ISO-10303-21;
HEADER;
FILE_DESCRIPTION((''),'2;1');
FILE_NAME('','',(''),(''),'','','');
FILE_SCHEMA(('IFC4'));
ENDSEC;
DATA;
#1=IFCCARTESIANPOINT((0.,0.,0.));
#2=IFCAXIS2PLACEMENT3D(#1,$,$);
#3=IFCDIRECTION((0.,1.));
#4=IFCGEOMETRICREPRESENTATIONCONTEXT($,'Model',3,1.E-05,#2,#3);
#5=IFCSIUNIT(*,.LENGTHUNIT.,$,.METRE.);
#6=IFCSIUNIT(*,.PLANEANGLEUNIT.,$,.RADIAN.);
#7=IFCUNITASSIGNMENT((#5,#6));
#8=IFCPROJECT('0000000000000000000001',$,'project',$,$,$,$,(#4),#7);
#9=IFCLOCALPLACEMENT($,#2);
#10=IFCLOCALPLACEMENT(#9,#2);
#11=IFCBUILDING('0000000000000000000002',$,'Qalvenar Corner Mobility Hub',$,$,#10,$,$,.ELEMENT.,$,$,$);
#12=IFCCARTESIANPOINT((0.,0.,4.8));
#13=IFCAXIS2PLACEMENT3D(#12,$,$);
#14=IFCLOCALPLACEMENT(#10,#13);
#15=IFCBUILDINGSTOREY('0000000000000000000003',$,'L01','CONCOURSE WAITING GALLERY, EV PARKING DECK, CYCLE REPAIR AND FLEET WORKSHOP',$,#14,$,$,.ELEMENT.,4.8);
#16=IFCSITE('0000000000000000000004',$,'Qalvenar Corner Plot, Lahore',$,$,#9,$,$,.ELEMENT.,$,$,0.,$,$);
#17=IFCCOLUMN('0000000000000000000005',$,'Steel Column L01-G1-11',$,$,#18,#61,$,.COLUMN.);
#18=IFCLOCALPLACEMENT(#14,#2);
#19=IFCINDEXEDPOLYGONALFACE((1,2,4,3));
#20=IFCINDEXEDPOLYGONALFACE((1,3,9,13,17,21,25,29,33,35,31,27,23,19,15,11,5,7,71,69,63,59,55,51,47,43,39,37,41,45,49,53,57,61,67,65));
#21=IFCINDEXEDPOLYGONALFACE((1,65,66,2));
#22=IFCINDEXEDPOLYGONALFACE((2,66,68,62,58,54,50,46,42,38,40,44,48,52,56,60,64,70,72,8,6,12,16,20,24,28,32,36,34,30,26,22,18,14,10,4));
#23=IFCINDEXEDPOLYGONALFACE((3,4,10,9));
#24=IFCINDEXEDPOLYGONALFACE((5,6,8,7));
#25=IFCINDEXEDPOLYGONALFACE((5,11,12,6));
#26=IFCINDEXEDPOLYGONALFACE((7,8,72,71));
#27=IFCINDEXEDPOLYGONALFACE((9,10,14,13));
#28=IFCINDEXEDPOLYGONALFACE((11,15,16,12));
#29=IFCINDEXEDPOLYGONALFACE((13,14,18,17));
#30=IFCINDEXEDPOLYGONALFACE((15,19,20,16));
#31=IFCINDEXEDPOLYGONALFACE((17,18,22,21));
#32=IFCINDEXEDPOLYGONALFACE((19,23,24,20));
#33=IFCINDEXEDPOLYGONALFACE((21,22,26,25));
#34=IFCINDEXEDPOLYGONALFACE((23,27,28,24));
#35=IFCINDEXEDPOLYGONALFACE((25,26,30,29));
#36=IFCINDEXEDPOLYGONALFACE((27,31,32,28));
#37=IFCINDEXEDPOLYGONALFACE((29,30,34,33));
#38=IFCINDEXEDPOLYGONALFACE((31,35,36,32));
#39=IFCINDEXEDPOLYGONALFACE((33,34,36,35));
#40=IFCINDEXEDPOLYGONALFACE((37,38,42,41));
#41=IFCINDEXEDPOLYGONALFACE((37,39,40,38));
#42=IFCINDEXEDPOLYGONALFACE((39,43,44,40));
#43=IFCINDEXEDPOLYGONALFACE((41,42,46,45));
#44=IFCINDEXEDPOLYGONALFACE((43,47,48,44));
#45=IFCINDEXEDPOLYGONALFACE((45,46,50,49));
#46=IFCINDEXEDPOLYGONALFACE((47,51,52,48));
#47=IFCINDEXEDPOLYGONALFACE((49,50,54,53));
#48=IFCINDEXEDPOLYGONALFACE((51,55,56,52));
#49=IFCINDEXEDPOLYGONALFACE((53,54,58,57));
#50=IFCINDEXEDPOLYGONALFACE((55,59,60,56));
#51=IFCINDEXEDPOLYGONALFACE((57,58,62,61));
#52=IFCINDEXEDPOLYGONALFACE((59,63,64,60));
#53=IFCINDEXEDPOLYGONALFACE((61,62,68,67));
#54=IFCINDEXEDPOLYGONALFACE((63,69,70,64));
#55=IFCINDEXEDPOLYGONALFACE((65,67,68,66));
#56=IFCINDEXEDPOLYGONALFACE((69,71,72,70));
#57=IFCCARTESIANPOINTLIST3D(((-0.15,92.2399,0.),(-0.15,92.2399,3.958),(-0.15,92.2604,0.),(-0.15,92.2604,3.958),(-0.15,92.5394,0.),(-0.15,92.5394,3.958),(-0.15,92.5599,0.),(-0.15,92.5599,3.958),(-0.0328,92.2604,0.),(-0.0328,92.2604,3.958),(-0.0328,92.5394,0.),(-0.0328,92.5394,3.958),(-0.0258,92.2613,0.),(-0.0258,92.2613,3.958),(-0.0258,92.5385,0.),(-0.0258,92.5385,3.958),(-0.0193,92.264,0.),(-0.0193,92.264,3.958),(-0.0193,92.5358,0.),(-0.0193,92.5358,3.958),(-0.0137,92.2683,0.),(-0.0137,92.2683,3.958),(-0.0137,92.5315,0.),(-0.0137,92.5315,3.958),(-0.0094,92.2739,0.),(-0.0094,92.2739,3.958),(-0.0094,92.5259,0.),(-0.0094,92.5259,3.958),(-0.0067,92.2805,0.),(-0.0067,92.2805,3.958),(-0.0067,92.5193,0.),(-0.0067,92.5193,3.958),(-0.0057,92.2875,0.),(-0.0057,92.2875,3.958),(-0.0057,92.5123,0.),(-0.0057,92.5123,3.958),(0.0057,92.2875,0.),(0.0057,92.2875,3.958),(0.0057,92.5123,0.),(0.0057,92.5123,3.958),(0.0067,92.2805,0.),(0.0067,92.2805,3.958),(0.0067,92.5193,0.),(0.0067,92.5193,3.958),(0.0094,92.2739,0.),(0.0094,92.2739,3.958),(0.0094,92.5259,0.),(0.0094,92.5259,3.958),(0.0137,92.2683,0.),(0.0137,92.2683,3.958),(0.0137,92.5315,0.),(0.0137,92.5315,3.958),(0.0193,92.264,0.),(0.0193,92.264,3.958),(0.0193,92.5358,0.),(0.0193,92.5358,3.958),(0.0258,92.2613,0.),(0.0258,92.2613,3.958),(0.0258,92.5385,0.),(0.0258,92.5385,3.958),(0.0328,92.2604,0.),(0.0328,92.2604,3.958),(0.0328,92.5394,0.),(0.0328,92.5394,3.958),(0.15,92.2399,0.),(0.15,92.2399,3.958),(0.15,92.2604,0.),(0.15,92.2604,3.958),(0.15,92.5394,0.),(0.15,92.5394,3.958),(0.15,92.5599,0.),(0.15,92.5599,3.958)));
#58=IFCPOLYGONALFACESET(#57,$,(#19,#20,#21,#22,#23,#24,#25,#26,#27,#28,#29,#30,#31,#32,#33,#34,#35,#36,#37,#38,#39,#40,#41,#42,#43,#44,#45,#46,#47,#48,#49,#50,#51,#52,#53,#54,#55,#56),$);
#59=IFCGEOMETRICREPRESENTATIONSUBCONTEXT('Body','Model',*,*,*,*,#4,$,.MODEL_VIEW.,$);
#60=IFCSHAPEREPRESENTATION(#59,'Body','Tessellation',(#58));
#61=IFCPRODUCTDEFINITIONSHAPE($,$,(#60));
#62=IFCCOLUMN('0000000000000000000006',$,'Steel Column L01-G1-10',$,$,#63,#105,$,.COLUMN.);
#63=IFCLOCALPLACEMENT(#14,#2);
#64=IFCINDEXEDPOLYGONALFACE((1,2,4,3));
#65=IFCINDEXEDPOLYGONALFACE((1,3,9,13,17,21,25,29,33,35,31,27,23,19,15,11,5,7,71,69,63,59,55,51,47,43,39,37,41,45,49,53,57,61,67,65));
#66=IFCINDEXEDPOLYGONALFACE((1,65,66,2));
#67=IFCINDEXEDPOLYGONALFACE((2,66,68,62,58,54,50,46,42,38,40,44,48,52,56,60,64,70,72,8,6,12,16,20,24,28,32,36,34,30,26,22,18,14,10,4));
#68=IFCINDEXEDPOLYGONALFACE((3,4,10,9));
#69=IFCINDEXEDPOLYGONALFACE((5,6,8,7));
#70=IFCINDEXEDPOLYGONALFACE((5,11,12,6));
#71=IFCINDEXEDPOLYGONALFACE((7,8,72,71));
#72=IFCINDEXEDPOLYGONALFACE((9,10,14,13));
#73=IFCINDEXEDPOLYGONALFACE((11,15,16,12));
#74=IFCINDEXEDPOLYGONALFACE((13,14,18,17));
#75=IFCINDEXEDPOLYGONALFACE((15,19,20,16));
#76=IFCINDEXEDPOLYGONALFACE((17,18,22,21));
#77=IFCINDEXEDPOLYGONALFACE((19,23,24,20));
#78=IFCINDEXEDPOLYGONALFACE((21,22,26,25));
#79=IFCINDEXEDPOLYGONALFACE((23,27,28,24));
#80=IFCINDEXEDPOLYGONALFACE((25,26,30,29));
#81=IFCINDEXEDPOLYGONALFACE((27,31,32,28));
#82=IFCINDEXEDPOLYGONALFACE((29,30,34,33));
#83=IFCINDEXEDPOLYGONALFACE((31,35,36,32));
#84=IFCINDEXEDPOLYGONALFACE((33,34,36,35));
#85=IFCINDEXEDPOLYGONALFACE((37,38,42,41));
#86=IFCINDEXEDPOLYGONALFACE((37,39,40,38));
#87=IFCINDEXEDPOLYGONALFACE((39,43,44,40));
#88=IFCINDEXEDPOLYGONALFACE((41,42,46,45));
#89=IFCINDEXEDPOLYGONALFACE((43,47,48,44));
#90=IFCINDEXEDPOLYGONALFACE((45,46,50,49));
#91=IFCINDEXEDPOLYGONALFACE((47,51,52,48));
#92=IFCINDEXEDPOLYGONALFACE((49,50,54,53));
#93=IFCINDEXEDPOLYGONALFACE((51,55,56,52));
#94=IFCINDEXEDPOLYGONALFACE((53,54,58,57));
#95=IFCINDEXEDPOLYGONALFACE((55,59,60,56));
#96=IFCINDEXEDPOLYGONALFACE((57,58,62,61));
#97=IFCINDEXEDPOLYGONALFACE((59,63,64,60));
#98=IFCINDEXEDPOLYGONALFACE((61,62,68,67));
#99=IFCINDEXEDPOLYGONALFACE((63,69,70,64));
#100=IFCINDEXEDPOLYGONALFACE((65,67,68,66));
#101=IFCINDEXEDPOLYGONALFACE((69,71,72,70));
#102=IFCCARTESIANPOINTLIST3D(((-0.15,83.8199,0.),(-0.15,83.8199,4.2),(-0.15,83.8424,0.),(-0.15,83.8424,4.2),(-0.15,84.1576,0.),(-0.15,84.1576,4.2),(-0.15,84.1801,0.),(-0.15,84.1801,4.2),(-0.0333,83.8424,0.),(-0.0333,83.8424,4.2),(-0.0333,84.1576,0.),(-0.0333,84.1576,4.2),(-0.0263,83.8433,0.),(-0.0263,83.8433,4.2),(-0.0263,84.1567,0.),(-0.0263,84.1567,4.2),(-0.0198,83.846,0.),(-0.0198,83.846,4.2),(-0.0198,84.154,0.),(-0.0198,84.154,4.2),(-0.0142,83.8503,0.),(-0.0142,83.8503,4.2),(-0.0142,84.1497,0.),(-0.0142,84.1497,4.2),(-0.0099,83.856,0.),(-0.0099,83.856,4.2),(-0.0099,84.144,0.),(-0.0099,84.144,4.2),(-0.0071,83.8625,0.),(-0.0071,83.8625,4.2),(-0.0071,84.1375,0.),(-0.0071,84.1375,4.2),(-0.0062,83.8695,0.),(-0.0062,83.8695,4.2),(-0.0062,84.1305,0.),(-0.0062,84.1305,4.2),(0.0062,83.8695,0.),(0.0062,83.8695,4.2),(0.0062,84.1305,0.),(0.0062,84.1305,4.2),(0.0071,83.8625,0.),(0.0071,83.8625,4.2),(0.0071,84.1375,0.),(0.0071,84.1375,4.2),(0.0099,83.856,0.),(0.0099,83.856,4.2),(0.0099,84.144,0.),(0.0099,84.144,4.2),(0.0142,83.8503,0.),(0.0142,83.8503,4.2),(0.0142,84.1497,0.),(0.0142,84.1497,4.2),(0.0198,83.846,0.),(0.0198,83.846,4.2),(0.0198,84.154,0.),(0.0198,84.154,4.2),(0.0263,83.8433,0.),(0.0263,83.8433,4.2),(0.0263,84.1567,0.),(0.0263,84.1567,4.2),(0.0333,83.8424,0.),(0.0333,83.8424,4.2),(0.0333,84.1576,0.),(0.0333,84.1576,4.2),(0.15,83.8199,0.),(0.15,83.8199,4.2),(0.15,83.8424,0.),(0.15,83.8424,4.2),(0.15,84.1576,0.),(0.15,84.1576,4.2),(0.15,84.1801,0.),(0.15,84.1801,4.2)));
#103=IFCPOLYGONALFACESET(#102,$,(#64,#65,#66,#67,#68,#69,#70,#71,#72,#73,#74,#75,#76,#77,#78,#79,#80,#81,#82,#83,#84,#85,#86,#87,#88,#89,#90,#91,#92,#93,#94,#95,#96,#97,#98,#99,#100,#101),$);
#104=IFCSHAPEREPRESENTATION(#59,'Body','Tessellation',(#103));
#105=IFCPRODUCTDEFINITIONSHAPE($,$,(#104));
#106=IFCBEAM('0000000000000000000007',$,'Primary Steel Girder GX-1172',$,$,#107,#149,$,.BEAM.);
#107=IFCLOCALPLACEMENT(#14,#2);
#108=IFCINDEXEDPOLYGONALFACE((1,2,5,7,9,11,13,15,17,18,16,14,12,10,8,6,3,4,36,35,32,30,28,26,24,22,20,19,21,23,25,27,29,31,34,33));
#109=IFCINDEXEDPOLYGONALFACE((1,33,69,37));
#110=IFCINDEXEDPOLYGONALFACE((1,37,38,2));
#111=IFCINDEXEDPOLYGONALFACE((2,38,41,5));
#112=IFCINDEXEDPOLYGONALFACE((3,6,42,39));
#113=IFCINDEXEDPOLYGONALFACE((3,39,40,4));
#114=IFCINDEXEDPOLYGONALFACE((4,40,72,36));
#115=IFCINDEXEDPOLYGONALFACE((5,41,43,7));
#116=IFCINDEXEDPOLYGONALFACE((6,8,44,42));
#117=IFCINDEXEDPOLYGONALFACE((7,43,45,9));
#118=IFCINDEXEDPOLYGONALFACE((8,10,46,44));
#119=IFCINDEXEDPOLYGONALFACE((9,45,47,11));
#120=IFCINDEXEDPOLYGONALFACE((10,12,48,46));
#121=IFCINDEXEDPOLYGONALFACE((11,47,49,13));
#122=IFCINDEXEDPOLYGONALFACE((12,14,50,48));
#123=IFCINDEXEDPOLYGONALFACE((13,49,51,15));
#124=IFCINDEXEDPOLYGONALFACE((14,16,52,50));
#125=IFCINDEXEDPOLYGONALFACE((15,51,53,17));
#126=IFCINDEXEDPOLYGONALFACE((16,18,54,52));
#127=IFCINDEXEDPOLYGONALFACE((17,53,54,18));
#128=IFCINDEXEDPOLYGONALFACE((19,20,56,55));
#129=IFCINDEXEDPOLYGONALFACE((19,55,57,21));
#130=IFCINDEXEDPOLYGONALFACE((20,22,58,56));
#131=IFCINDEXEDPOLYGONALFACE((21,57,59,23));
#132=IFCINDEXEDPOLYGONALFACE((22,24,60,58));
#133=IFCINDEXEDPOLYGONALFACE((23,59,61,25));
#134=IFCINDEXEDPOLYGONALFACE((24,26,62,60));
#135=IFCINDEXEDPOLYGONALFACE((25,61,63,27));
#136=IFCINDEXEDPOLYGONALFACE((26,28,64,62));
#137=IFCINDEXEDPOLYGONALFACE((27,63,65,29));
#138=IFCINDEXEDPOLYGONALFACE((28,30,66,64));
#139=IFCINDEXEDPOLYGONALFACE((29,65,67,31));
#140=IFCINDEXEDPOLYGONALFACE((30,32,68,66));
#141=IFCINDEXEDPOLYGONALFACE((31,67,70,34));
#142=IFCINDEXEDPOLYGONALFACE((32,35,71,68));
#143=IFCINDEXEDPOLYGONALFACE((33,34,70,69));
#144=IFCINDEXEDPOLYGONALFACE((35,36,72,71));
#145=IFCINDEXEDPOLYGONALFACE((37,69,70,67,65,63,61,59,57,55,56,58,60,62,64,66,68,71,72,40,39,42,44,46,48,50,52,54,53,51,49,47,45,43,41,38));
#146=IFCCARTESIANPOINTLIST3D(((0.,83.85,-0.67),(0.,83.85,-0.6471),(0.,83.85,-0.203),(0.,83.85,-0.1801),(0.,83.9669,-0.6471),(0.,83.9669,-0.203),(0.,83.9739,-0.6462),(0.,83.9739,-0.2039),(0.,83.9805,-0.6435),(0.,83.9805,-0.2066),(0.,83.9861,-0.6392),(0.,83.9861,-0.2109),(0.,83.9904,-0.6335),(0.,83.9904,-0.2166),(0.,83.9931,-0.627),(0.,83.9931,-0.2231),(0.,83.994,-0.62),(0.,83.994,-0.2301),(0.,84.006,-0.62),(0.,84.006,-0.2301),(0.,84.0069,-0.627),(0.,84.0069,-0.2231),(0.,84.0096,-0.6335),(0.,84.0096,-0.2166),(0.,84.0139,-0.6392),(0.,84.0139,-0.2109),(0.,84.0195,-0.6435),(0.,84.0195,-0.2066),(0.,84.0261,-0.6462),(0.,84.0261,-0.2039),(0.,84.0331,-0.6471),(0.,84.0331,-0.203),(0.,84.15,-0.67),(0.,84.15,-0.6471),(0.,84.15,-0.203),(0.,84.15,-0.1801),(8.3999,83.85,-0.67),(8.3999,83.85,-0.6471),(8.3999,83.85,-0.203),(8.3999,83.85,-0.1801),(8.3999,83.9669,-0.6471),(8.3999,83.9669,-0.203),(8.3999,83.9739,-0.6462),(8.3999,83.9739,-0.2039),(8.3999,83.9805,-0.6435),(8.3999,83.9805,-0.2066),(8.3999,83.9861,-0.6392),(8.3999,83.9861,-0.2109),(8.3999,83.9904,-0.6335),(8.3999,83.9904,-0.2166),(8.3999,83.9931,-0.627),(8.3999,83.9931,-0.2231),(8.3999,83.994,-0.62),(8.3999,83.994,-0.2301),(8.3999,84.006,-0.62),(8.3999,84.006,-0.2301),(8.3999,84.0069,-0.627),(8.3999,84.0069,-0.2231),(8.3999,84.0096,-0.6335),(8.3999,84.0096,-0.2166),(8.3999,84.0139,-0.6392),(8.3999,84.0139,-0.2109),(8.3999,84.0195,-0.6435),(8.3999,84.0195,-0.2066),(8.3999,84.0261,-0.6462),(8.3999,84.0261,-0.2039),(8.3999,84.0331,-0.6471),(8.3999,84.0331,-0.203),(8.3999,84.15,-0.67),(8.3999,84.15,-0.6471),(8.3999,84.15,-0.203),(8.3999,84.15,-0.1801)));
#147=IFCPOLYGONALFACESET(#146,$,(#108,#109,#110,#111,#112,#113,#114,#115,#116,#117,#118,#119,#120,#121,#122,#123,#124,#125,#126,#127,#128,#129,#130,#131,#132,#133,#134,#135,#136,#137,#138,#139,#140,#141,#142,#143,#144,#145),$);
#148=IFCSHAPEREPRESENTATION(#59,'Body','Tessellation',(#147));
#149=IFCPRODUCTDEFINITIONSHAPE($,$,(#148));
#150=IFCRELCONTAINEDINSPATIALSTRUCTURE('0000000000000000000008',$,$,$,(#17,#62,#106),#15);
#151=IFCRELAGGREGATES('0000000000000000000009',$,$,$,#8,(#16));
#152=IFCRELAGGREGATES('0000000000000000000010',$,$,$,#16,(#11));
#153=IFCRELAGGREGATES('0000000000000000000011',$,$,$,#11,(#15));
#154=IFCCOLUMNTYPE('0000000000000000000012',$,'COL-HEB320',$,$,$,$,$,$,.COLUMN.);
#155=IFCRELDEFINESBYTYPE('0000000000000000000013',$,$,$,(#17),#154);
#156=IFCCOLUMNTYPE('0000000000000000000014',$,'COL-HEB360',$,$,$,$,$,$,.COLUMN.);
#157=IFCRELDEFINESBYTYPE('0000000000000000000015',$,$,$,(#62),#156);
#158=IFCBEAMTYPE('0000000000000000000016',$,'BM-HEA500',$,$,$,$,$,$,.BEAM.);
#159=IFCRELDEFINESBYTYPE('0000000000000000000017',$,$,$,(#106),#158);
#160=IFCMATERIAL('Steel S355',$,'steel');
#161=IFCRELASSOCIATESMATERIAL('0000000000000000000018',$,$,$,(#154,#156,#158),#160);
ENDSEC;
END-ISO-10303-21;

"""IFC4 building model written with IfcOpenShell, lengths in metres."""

from ifc_helpers import new_model, si_unit, direction, frame, origin, origin_2d, place, context, subcontext, project, spatial, i_section, extrude, material, material_profile, profile_set, type_object, element, save


model = new_model("IFC4")

# Units and contexts
model_context = context("Model", 3, precision=1e-05, world=origin(), true_north=direction((0.0, 1.0)))
body_context = subcontext(model_context, "Body", "Model", "MODEL_VIEW")
ifc_project = project(units=[si_unit("LENGTHUNIT", "METRE"), si_unit("PLANEANGLEUNIT", "RADIAN")], contexts=[model_context])

# Site, building, storey
site_placement = place(None, origin())
site = spatial("IfcSite", under=ifc_project, at=site_placement, Name="Qalvenar Corner Plot, Lahore", CompositionType="ELEMENT", RefElevation=0.0)
building_placement = place(site_placement, origin())
building = spatial("IfcBuilding", under=site, at=building_placement, Name="Qalvenar Corner Mobility Hub", CompositionType="ELEMENT")
storey_placement = place(building_placement, frame((0.0, 0.0, 4.8)))
storey = spatial("IfcBuildingStorey", under=building, at=storey_placement, Name="L01", Description="CONCOURSE WAITING GALLERY, EV PARKING DECK, CYCLE REPAIR AND FLEET WORKSHOP", CompositionType="ELEMENT", Elevation=4.8)

# Columns
ifc_material_1 = material(Name="Steel S355", Category="steel")
ifc_material_profile_1 = material_profile(ifc_material_1, i_section(OverallWidth=0.3, OverallDepth=0.3201, WebThickness=0.0115, FlangeThickness=0.0205, FilletRadius=0.0271, at=origin_2d()), Name="HEB320")
ifc_profile_set_1 = profile_set([ifc_material_profile_1], Name="Steel S355")
column_type_1 = type_object("IfcColumnType", Name="COL-HEB320", PredefinedType="COLUMN", material=ifc_profile_set_1)
column_1_placement = place(storey_placement, frame((0.0, 92.3999, 0.0), z_axis=(0.0, 0.0, 1.0), x_axis=(1.0, 0.0, 0.0)))
element("IfcColumn", 1, at=column_1_placement, inside=storey, type_object=column_type_1, Name="Steel Column L01-G1-11", PredefinedType="COLUMN", context=body_context, shape_type="SweptSolid", body=[
    extrude(i_section(OverallWidth=0.3, OverallDepth=0.3201, WebThickness=0.0115, FlangeThickness=0.0205, FilletRadius=0.0271, at=origin_2d()), origin(), (0.0, 0.0, 1.0), 3.958),
])
ifc_material_profile_2 = material_profile(ifc_material_1, i_section(OverallWidth=0.3, OverallDepth=0.3601, WebThickness=0.0125, FlangeThickness=0.0225, FilletRadius=0.0271, at=origin_2d()), Name="HEB360")
ifc_profile_set_2 = profile_set([ifc_material_profile_2], Name="Steel S355")
column_type_2 = type_object("IfcColumnType", Name="COL-HEB360", PredefinedType="COLUMN", material=ifc_profile_set_2)
column_2_placement = place(storey_placement, frame((0.0, 84.0, 0.0), z_axis=(0.0, 0.0, 1.0), x_axis=(1.0, 0.0, 0.0)))
element("IfcColumn", 2, at=column_2_placement, inside=storey, type_object=column_type_2, Name="Steel Column L01-G1-10", PredefinedType="COLUMN", context=body_context, shape_type="SweptSolid", body=[
    extrude(i_section(OverallWidth=0.3, OverallDepth=0.3601, WebThickness=0.0125, FlangeThickness=0.0225, FilletRadius=0.0271, at=origin_2d()), origin(), (0.0, 0.0, 1.0), 4.2),
])

# Beam
ifc_material_profile_3 = material_profile(ifc_material_1, i_section(OverallWidth=0.3, OverallDepth=0.49, WebThickness=0.012, FlangeThickness=0.0229, FilletRadius=0.0271, at=origin_2d()), Name="HEA500")
ifc_profile_set_3 = profile_set([ifc_material_profile_3], Name="Steel S355")
beam_type_1 = type_object("IfcBeamType", Name="BM-HEA500", PredefinedType="BEAM", material=ifc_profile_set_3)
beam_1_placement = place(storey_placement, frame((0.0, 84.0, -0.425), z_axis=(1.0, 0.0, 0.0), x_axis=(0.0, 1.0, 0.0)))
element("IfcBeam", 3, at=beam_1_placement, inside=storey, type_object=beam_type_1, Name="Primary Steel Girder GX-1172", PredefinedType="BEAM", context=body_context, shape_type="SweptSolid", body=[
    extrude(i_section(OverallWidth=0.3, OverallDepth=0.49, WebThickness=0.012, FlangeThickness=0.0229, FilletRadius=0.0271, at=origin_2d()), origin(), (0.0, 0.0, 1.0), 8.3999),
])

save(model, "model.ifc")
